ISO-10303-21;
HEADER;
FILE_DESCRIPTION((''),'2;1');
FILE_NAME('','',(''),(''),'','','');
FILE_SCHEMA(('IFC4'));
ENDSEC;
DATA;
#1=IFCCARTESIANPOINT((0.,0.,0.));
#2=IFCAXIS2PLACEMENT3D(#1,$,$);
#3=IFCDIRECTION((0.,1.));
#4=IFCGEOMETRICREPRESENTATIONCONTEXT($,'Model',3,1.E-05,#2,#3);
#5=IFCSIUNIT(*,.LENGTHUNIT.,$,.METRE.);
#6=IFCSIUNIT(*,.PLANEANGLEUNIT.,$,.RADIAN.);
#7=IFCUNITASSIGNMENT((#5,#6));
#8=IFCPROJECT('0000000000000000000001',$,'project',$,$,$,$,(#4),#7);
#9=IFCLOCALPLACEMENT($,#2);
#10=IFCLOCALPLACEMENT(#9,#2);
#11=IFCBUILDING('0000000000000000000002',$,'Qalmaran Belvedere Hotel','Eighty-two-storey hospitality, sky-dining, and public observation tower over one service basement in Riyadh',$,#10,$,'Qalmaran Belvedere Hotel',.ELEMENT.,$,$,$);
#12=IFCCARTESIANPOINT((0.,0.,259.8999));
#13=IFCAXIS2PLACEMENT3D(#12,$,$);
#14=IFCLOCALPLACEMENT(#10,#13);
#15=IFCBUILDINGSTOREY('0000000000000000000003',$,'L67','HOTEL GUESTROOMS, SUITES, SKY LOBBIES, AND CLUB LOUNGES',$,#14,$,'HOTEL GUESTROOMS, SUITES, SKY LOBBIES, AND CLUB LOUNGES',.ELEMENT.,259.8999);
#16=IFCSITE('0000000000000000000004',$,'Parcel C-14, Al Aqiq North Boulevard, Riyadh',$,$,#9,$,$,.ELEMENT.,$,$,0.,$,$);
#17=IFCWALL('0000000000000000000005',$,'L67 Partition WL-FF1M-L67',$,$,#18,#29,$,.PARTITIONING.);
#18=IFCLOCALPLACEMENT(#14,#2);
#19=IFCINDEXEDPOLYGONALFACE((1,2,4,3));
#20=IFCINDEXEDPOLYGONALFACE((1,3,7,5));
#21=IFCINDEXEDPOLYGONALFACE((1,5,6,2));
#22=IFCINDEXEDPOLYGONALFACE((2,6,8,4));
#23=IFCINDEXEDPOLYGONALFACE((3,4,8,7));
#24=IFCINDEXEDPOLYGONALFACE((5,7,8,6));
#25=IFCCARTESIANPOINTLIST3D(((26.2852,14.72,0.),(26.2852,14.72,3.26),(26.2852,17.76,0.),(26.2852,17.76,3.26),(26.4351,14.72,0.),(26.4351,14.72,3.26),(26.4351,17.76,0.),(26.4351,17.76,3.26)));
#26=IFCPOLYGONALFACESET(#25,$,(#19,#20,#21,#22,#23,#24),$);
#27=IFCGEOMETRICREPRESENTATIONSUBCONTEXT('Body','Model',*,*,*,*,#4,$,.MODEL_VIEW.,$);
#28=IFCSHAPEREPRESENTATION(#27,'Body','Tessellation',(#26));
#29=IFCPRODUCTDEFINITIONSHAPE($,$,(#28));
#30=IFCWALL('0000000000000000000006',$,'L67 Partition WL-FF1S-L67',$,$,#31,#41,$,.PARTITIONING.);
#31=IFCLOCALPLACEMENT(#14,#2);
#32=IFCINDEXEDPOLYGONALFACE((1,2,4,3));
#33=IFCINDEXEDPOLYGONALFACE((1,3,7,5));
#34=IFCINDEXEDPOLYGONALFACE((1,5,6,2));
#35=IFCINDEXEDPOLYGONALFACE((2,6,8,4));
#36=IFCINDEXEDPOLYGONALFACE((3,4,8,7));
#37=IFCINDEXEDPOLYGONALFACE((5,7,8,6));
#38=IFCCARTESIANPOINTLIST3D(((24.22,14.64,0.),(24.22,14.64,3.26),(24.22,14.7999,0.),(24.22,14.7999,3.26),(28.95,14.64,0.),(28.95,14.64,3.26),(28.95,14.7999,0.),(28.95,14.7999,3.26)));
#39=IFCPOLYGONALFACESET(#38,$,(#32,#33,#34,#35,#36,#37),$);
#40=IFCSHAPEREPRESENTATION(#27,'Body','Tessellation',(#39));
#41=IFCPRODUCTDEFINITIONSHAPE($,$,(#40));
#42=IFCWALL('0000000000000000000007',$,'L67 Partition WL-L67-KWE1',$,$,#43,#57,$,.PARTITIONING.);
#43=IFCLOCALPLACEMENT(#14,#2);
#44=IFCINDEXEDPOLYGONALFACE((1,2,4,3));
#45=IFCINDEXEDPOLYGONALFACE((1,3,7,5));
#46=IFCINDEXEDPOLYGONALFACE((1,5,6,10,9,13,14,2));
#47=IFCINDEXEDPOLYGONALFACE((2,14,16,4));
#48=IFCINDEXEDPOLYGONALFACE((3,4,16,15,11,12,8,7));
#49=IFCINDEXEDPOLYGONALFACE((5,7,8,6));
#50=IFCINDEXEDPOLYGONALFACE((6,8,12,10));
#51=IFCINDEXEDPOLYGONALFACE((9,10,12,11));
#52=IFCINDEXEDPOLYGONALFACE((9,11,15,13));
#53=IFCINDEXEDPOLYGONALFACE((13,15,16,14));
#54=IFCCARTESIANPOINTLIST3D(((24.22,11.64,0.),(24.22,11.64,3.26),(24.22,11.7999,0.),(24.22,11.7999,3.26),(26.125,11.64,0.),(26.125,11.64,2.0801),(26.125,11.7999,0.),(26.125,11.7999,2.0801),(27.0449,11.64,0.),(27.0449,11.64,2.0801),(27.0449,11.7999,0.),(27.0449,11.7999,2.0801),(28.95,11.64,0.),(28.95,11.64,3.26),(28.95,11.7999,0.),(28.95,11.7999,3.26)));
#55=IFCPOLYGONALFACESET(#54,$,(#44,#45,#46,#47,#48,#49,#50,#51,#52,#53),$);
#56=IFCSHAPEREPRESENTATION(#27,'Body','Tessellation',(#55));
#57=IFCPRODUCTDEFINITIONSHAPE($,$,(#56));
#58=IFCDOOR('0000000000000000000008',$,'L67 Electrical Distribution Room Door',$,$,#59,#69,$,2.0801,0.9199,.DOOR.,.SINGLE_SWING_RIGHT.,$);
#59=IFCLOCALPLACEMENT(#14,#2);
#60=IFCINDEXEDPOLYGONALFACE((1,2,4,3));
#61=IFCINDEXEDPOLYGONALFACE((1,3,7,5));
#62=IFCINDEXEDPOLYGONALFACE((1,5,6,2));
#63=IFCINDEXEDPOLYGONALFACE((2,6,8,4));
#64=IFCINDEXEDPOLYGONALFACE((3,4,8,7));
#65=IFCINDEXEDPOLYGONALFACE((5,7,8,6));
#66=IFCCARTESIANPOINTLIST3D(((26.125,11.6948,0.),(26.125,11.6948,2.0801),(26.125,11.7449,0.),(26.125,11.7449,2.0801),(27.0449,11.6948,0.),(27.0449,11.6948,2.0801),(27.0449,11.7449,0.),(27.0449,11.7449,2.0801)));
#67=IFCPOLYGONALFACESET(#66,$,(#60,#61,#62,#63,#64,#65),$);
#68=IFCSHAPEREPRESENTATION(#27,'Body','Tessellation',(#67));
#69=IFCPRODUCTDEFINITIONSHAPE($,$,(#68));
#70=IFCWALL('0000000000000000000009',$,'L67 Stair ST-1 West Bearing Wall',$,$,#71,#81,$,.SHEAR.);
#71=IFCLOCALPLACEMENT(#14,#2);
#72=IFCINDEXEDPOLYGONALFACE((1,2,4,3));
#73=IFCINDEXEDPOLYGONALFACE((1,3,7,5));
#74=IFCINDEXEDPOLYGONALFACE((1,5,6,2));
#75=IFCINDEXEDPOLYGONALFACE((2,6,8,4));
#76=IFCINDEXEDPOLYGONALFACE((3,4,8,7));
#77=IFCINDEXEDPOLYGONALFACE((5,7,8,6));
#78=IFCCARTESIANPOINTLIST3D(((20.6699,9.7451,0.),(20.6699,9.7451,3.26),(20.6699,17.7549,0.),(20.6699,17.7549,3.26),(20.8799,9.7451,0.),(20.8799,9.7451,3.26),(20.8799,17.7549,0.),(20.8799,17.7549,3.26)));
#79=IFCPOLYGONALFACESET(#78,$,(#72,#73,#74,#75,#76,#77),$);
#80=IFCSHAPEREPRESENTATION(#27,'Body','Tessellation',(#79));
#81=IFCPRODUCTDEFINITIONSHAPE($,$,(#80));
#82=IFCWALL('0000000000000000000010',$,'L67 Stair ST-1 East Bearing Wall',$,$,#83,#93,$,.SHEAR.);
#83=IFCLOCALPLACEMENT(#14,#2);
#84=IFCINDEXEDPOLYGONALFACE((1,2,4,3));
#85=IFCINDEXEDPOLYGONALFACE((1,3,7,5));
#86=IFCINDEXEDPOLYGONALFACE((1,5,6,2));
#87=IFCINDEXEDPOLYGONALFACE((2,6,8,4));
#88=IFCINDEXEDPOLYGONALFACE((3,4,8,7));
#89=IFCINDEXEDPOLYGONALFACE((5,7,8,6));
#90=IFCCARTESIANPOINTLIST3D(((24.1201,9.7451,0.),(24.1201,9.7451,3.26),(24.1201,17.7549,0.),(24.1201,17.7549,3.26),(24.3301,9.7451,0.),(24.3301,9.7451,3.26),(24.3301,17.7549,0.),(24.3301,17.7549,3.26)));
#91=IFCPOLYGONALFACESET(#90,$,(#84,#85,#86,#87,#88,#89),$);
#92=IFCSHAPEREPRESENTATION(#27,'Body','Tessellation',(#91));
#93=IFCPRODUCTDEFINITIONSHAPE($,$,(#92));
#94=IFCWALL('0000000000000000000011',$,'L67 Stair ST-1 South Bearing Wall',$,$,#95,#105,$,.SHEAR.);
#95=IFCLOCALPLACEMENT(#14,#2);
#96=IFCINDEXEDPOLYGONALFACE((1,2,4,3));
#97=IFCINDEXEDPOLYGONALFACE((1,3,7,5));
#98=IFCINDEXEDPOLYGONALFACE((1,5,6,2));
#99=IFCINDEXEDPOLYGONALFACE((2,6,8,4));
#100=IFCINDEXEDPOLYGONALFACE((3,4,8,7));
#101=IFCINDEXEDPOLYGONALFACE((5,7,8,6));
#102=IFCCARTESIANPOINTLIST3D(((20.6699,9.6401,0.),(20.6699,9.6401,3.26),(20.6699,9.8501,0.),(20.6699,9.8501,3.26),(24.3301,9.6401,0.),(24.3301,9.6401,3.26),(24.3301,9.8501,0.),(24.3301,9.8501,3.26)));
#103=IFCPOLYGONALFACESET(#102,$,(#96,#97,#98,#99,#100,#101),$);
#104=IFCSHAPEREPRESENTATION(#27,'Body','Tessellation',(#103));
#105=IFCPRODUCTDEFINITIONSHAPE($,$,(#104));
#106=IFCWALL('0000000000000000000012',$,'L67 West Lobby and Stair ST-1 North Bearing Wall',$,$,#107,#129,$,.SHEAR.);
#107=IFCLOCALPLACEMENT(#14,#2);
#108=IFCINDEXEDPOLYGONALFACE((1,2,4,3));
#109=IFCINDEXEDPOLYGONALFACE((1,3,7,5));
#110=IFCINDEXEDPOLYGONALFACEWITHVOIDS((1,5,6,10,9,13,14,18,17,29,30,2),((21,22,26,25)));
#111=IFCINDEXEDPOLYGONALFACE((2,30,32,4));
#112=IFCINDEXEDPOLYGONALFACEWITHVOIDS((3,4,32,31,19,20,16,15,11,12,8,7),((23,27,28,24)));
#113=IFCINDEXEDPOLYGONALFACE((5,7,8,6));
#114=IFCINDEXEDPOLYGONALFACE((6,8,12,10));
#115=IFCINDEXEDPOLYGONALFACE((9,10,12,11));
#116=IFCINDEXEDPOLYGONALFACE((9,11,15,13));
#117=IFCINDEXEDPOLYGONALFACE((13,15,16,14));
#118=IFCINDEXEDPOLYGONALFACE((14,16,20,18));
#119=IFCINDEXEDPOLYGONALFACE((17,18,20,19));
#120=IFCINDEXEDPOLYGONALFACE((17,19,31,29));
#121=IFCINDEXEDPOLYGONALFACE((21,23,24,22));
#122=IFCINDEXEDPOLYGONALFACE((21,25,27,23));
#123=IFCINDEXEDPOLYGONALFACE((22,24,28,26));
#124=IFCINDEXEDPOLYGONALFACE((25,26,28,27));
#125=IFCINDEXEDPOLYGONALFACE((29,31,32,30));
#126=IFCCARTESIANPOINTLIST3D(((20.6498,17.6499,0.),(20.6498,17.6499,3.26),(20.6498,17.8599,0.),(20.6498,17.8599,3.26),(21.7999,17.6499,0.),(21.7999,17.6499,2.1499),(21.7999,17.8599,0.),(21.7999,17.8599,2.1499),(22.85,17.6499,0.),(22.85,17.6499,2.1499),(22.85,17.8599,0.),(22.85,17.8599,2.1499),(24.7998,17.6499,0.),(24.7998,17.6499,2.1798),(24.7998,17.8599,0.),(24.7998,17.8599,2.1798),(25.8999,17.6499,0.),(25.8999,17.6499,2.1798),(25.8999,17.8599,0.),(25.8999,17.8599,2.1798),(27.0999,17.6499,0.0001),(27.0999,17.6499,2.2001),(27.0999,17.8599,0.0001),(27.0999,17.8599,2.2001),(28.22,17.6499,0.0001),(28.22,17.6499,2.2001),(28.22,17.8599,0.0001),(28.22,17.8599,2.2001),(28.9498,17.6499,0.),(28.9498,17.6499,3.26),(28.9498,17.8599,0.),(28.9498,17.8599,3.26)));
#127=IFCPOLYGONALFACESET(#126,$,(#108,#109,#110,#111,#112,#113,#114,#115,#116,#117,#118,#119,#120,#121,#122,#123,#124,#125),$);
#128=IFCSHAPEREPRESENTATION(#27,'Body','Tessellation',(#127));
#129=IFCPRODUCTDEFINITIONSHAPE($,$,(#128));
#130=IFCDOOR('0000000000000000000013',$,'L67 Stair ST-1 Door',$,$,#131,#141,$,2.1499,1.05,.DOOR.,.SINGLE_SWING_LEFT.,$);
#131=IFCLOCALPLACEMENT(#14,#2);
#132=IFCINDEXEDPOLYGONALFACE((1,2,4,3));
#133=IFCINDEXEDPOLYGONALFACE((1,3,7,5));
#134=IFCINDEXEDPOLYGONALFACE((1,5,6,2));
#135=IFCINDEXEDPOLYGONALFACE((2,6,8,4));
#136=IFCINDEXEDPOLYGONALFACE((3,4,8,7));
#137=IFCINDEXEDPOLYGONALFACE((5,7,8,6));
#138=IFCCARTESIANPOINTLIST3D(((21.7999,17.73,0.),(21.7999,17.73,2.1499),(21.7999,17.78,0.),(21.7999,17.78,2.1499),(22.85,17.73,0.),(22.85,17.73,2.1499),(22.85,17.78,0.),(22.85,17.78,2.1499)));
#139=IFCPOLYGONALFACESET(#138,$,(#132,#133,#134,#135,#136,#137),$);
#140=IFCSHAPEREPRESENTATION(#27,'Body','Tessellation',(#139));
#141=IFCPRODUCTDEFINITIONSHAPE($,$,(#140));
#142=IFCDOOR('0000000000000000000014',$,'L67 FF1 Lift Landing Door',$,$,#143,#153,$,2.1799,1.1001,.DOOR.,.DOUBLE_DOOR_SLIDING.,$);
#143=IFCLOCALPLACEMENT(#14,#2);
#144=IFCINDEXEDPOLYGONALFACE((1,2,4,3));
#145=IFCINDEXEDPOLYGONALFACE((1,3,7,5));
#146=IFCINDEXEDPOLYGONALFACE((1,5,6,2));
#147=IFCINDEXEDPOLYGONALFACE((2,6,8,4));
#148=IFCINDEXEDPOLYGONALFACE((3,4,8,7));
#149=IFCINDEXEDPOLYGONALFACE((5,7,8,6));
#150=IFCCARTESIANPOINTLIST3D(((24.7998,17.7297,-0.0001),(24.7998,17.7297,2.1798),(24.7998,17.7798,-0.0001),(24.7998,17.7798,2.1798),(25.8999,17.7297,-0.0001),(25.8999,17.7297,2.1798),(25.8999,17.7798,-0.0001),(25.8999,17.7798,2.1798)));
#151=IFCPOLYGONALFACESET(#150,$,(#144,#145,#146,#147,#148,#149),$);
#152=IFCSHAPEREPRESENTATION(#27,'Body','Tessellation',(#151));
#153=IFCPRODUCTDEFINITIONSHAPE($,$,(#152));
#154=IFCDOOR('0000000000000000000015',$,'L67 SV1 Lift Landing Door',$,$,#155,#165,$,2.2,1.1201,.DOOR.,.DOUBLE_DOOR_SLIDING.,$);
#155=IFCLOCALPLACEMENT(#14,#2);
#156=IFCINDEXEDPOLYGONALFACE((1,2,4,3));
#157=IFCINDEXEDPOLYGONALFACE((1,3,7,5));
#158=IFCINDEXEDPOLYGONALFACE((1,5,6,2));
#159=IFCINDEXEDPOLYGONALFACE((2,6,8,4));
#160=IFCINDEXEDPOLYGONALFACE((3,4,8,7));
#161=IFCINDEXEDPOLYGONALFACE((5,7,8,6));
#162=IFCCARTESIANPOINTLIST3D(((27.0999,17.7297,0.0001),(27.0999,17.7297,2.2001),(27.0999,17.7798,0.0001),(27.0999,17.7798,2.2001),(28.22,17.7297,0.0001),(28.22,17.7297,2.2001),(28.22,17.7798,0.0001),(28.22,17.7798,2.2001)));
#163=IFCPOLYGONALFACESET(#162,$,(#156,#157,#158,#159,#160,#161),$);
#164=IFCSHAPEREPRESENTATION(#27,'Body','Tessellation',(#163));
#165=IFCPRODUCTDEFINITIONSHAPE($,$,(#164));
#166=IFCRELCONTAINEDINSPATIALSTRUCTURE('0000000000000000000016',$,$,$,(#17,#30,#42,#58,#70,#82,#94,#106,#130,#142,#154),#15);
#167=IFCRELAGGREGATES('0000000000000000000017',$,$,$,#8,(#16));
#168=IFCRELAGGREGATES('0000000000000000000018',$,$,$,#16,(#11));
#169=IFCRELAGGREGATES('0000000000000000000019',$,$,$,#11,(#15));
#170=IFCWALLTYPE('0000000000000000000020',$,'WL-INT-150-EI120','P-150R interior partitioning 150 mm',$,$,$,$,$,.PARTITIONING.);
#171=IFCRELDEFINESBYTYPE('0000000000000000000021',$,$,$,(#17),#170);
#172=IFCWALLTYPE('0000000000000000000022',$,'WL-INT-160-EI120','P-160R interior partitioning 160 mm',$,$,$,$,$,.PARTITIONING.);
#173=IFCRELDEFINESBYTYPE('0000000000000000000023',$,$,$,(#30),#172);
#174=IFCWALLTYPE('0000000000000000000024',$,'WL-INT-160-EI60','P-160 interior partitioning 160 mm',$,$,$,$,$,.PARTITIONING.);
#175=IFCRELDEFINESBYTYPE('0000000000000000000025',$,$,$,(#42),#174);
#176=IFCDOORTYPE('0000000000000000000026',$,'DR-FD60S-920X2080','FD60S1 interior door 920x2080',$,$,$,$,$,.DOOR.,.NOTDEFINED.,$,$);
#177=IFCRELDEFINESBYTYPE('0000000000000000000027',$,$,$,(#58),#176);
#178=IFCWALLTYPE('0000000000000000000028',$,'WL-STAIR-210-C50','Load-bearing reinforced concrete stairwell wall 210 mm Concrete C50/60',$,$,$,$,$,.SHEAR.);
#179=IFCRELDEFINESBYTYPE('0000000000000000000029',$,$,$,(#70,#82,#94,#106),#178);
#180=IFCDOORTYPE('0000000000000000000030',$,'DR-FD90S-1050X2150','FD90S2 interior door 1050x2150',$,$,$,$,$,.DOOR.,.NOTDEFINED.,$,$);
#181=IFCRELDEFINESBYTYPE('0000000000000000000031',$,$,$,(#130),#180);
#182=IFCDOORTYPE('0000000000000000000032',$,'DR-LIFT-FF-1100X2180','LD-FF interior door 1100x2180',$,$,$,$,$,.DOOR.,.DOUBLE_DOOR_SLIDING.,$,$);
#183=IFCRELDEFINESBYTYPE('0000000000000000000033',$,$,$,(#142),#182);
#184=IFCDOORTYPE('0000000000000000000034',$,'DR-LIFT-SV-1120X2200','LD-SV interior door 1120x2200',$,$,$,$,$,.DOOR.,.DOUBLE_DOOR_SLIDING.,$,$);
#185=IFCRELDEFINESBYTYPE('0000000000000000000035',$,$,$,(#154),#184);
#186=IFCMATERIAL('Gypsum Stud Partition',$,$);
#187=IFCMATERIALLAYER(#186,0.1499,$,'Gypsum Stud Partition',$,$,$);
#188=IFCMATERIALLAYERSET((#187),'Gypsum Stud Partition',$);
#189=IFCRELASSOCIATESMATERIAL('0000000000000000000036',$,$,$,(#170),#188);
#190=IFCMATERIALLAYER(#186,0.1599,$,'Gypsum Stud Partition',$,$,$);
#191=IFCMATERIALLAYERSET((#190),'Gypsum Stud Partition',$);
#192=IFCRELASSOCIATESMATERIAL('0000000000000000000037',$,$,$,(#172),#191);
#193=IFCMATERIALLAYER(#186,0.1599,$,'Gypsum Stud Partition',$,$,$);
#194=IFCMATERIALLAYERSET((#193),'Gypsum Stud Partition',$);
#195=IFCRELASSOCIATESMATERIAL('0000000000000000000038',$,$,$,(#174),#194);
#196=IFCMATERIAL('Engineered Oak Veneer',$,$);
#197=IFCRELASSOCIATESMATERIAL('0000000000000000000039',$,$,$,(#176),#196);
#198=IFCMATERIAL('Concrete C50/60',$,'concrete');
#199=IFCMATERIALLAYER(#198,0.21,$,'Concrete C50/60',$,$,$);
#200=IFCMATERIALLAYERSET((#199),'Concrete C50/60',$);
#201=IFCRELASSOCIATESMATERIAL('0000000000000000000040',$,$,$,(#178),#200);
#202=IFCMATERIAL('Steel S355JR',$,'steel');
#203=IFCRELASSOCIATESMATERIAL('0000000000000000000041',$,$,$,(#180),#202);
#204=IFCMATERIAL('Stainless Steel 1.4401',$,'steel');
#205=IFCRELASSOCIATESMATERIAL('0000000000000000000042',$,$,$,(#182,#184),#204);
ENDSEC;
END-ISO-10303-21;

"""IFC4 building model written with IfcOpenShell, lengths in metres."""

from ifc_helpers import new_model, si_unit, direction, frame, frame_2d, origin, place, context, subcontext, project, spatial, rectangle, extrude, material, layer, layer_set, type_object, element, fill, save


model = new_model("IFC4")

# Units and contexts
model_context = context("Model", 3, precision=1e-05, world=origin(), true_north=direction((0.0, 1.0)))
body_context = subcontext(model_context, "Body", "Model", "MODEL_VIEW")
ifc_project = project(units=[si_unit("LENGTHUNIT", "METRE"), si_unit("PLANEANGLEUNIT", "RADIAN")], contexts=[model_context])

# Site, building, storey
site_placement = place(None, origin())
site = spatial("IfcSite", under=ifc_project, at=site_placement, Name="Parcel C-14, Al Aqiq North Boulevard, Riyadh", CompositionType="ELEMENT", RefElevation=0.0)
building_placement = place(site_placement, origin())
building = spatial("IfcBuilding", under=site, at=building_placement, Name="Qalmaran Belvedere Hotel", Description="Eighty-two-storey hospitality, sky-dining, and public observation tower over one service basement in Riyadh", LongName="Qalmaran Belvedere Hotel", CompositionType="ELEMENT")
storey_placement = place(building_placement, frame((0.0, 0.0, 259.8999)))
storey = spatial("IfcBuildingStorey", under=building, at=storey_placement, Name="L67", Description="HOTEL GUESTROOMS, SUITES, SKY LOBBIES, AND CLUB LOUNGES", LongName="HOTEL GUESTROOMS, SUITES, SKY LOBBIES, AND CLUB LOUNGES", CompositionType="ELEMENT", Elevation=259.8999)

# Walls
ifc_material_1 = material(Name="Gypsum Stud Partition")
ifc_layer_1 = layer(ifc_material_1, 0.1499, Name="Gypsum Stud Partition")
ifc_layer_set_1 = layer_set([ifc_layer_1], Name="Gypsum Stud Partition")
wall_type_1 = type_object("IfcWallType", Name="WL-INT-150-EI120", Description="P-150R interior partitioning 150 mm", PredefinedType="PARTITIONING", material=ifc_layer_set_1)
wall_1_placement = place(storey_placement, frame((26.3601, 14.72, 0.0), z_axis=(0.0, 0.0, 1.0), x_axis=(0.0, 1.0, 0.0)))
element("IfcWall", 1, at=wall_1_placement, inside=storey, type_object=wall_type_1, Name="L67 Partition WL-FF1M-L67", PredefinedType="PARTITIONING", context=body_context, shape_type="SweptSolid", body=[
    extrude(rectangle(XDim=3.04, YDim=0.1499, at=frame_2d((1.52, 0.0))), origin(), (0.0, 0.0, 1.0), 3.26),
])
ifc_layer_2 = layer(ifc_material_1, 0.1599, Name="Gypsum Stud Partition")
ifc_layer_set_2 = layer_set([ifc_layer_2], Name="Gypsum Stud Partition")
wall_type_2 = type_object("IfcWallType", Name="WL-INT-160-EI120", Description="P-160R interior partitioning 160 mm", PredefinedType="PARTITIONING", material=ifc_layer_set_2)
wall_2_placement = place(storey_placement, frame((24.22, 14.72, 0.0), z_axis=(0.0, 0.0, 1.0), x_axis=(1.0, 0.0, 0.0)))
element("IfcWall", 2, at=wall_2_placement, inside=storey, type_object=wall_type_2, Name="L67 Partition WL-FF1S-L67", PredefinedType="PARTITIONING", context=body_context, shape_type="SweptSolid", body=[
    extrude(rectangle(XDim=4.73, YDim=0.1599, at=frame_2d((2.365, 0.0))), origin(), (0.0, 0.0, 1.0), 3.26),
])

# Wall, opening, door
ifc_material_2 = material(Name="Steel S355JR", Category="steel")
ifc_layer_3 = layer(ifc_material_1, 0.1599, Name="Gypsum Stud Partition")
ifc_layer_set_3 = layer_set([ifc_layer_3], Name="Gypsum Stud Partition")
wall_type_3 = type_object("IfcWallType", Name="WL-INT-160-EI60", Description="P-160 interior partitioning 160 mm", PredefinedType="PARTITIONING", material=ifc_layer_set_3)
wall_3_placement = place(storey_placement, frame((24.22, 11.72, 0.0), z_axis=(0.0, 0.0, 1.0), x_axis=(1.0, 0.0, 0.0)))
wall_3 = element("IfcWall", 3, at=wall_3_placement, inside=storey, type_object=wall_type_3, Name="L67 Partition WL-L67-KWE1", PredefinedType="PARTITIONING", context=body_context, shape_type="SweptSolid", body=[
    extrude(rectangle(XDim=4.73, YDim=0.1599, at=frame_2d((2.365, 0.0))), origin(), (0.0, 0.0, 1.0), 3.26),
])
opening_1_placement = place(wall_3_placement, frame((1.905, 0.0, 0.0)))
opening_1 = element("IfcOpeningElement", 4, at=opening_1_placement, cuts=wall_3, PredefinedType="OPENING", context=body_context, shape_type="SweptSolid", body=[
    extrude(rectangle(XDim=0.9199, YDim=2.0801, at=frame_2d((0.46, 1.04))), frame((0.0, 0.0898, 0.0), z_axis=(0.0, -1.0, 0.0), x_axis=(1.0, 0.0, 0.0)), (0.0, 0.0, 1.0), 0.1799),
])
ifc_material_3 = material(Name="Engineered Oak Veneer")
door_type_1 = type_object("IfcDoorType", Name="DR-FD60S-920X2080", Description="FD60S1 interior door 920x2080", OperationType="NOTDEFINED", PredefinedType="DOOR", material=ifc_material_3)
door_1_placement = place(opening_1_placement, origin())
door_1 = element("IfcDoor", 5, at=door_1_placement, inside=storey, type_object=door_type_1, Name="L67 Electrical Distribution Room Door", OperationType="SINGLE_SWING_RIGHT", OverallHeight=2.0801, OverallWidth=0.9199, PredefinedType="DOOR", context=body_context, shape_type="SweptSolid", body=[
    extrude(rectangle(XDim=0.9199, YDim=2.0801, at=frame_2d((0.46, 1.04))), frame((0.0, 0.0249, 0.0), z_axis=(0.0, -1.0, 0.0), x_axis=(1.0, 0.0, 0.0)), (0.0, 0.0, 1.0), 0.05),
])
fill(opening_1, door_1)

# Walls
ifc_material_4 = material(Name="Concrete C50/60", Category="concrete")
ifc_layer_4 = layer(ifc_material_4, 0.21, Name="Concrete C50/60")
ifc_layer_set_4 = layer_set([ifc_layer_4], Name="Concrete C50/60")
wall_type_4 = type_object("IfcWallType", Name="WL-STAIR-210-C50", Description="Load-bearing reinforced concrete stairwell wall 210 mm Concrete C50/60", PredefinedType="SHEAR", material=ifc_layer_set_4)
for number, where, z_axis, x_axis, name in (
    (6, (20.7749, 9.7451, 0.0), (0.0, 0.0, 1.0), (0.0, 1.0, 0.0), "L67 Stair ST-1 West Bearing Wall"),
    (7, (24.2251, 9.7451, 0.0), (0.0, 0.0, 1.0), (0.0, 1.0, 0.0), "L67 Stair ST-1 East Bearing Wall"),
):
    element("IfcWall", number, at=place(storey_placement, frame(where, z_axis=z_axis, x_axis=x_axis)), inside=storey, type_object=wall_type_4, Name=name, PredefinedType="SHEAR", context=body_context, shape_type="SweptSolid", body=[
        extrude(rectangle(XDim=8.0098, YDim=0.21, at=frame_2d((4.0049, 0.0))), origin(), (0.0, 0.0, 1.0), 3.26),
    ])
wall_4_placement = place(storey_placement, frame((20.6699, 9.7451, 0.0), z_axis=(0.0, 0.0, 1.0), x_axis=(1.0, 0.0, 0.0)))
element("IfcWall", 8, at=wall_4_placement, inside=storey, type_object=wall_type_4, Name="L67 Stair ST-1 South Bearing Wall", PredefinedType="SHEAR", context=body_context, shape_type="SweptSolid", body=[
    extrude(rectangle(XDim=3.6602, YDim=0.21, at=frame_2d((1.8301, 0.0))), origin(), (0.0, 0.0, 1.0), 3.26),
])

# Wall, openings, doors
wall_5_placement = place(storey_placement, frame((20.6499, 17.7549, 0.0), z_axis=(0.0, 0.0, 1.0), x_axis=(1.0, 0.0, 0.0)))
wall_5 = element("IfcWall", 9, at=wall_5_placement, inside=storey, type_object=wall_type_4, Name="L67 West Lobby and Stair ST-1 North Bearing Wall", PredefinedType="SHEAR", context=body_context, shape_type="SweptSolid", body=[
    extrude(rectangle(XDim=8.3, YDim=0.21, at=frame_2d((4.1499, 0.0))), origin(), (0.0, 0.0, 1.0), 3.26),
])
opening_2_placement = place(wall_5_placement, frame((2.2, 0.0, 0.0), z_axis=(0.0, 0.0, 1.0), x_axis=(-1.0, 0.0, 0.0)))
opening_2 = element("IfcOpeningElement", 10, at=opening_2_placement, cuts=wall_5, PredefinedType="OPENING", context=body_context, shape_type="SweptSolid", body=[
    extrude(rectangle(XDim=1.05, YDim=2.1499, at=frame_2d((0.5249, 1.075))), frame((0.0, 0.115, 0.0), z_axis=(0.0, -1.0, 0.0), x_axis=(1.0, 0.0, 0.0)), (0.0, 0.0, 1.0), 0.23),
])
opening_3_placement = place(wall_5_placement, frame((4.1499, 0.0, 0.0)))
opening_3 = element("IfcOpeningElement", 11, at=opening_3_placement, cuts=wall_5, PredefinedType="OPENING", context=body_context, shape_type="SweptSolid", body=[
    extrude(rectangle(XDim=1.1001, YDim=2.1799, at=frame_2d((0.55, 1.0898))), frame((0.0, 0.115, 0.0), z_axis=(0.0, -1.0, 0.0), x_axis=(1.0, 0.0, 0.0)), (0.0, 0.0, 1.0), 0.23),
])
opening_4_placement = place(wall_5_placement, frame((6.45, 0.0, 0.0)))
opening_4 = element("IfcOpeningElement", 12, at=opening_4_placement, cuts=wall_5, PredefinedType="OPENING", context=body_context, shape_type="SweptSolid", body=[
    extrude(rectangle(XDim=1.1201, YDim=2.2, at=frame_2d((0.5601, 1.1001))), frame((0.0, 0.115, 0.0), z_axis=(0.0, -1.0, 0.0), x_axis=(1.0, 0.0, 0.0)), (0.0, 0.0, 1.0), 0.23),
])
door_type_2 = type_object("IfcDoorType", Name="DR-FD90S-1050X2150", Description="FD90S2 interior door 1050x2150", OperationType="NOTDEFINED", PredefinedType="DOOR", material=ifc_material_2)
door_2_placement = place(opening_2_placement, origin())
door_2 = element("IfcDoor", 13, at=door_2_placement, inside=storey, type_object=door_type_2, Name="L67 Stair ST-1 Door", OperationType="SINGLE_SWING_LEFT", OverallHeight=2.1499, OverallWidth=1.05, PredefinedType="DOOR", context=body_context, shape_type="SweptSolid", body=[
    extrude(rectangle(XDim=1.05, YDim=2.1499, at=frame_2d((0.5249, 1.075))), frame((0.0, 0.0249, 0.0), z_axis=(0.0, -1.0, 0.0), x_axis=(1.0, 0.0, 0.0)), (0.0, 0.0, 1.0), 0.05),
])
fill(opening_2, door_2)
ifc_material_5 = material(Name="Stainless Steel 1.4401", Category="steel")
door_type_3 = type_object("IfcDoorType", Name="DR-LIFT-FF-1100X2180", Description="LD-FF interior door 1100x2180", OperationType="DOUBLE_DOOR_SLIDING", PredefinedType="DOOR", material=ifc_material_5)
door_3_placement = place(opening_3_placement, origin())
door_3 = element("IfcDoor", 14, at=door_3_placement, inside=storey, type_object=door_type_3, Name="L67 FF1 Lift Landing Door", OperationType="DOUBLE_DOOR_SLIDING", OverallHeight=2.1799, OverallWidth=1.1001, PredefinedType="DOOR", context=body_context, shape_type="SweptSolid", body=[
    extrude(rectangle(XDim=1.1001, YDim=2.1799, at=frame_2d((0.55, 1.0898))), frame((0.0, 0.0249, 0.0), z_axis=(0.0, -1.0, 0.0), x_axis=(1.0, 0.0, 0.0)), (0.0, 0.0, 1.0), 0.05),
])
fill(opening_3, door_3)
door_type_4 = type_object("IfcDoorType", Name="DR-LIFT-SV-1120X2200", Description="LD-SV interior door 1120x2200", OperationType="DOUBLE_DOOR_SLIDING", PredefinedType="DOOR", material=ifc_material_5)
door_4_placement = place(opening_4_placement, origin())
door_4 = element("IfcDoor", 15, at=door_4_placement, inside=storey, type_object=door_type_4, Name="L67 SV1 Lift Landing Door", OperationType="DOUBLE_DOOR_SLIDING", OverallHeight=2.2, OverallWidth=1.1201, PredefinedType="DOOR", context=body_context, shape_type="SweptSolid", body=[
    extrude(rectangle(XDim=1.1201, YDim=2.2, at=frame_2d((0.5601, 1.1001))), frame((0.0, 0.0249, 0.0), z_axis=(0.0, -1.0, 0.0), x_axis=(1.0, 0.0, 0.0)), (0.0, 0.0, 1.0), 0.05),
])
fill(opening_4, door_4)

save(model, "model.ifc")
